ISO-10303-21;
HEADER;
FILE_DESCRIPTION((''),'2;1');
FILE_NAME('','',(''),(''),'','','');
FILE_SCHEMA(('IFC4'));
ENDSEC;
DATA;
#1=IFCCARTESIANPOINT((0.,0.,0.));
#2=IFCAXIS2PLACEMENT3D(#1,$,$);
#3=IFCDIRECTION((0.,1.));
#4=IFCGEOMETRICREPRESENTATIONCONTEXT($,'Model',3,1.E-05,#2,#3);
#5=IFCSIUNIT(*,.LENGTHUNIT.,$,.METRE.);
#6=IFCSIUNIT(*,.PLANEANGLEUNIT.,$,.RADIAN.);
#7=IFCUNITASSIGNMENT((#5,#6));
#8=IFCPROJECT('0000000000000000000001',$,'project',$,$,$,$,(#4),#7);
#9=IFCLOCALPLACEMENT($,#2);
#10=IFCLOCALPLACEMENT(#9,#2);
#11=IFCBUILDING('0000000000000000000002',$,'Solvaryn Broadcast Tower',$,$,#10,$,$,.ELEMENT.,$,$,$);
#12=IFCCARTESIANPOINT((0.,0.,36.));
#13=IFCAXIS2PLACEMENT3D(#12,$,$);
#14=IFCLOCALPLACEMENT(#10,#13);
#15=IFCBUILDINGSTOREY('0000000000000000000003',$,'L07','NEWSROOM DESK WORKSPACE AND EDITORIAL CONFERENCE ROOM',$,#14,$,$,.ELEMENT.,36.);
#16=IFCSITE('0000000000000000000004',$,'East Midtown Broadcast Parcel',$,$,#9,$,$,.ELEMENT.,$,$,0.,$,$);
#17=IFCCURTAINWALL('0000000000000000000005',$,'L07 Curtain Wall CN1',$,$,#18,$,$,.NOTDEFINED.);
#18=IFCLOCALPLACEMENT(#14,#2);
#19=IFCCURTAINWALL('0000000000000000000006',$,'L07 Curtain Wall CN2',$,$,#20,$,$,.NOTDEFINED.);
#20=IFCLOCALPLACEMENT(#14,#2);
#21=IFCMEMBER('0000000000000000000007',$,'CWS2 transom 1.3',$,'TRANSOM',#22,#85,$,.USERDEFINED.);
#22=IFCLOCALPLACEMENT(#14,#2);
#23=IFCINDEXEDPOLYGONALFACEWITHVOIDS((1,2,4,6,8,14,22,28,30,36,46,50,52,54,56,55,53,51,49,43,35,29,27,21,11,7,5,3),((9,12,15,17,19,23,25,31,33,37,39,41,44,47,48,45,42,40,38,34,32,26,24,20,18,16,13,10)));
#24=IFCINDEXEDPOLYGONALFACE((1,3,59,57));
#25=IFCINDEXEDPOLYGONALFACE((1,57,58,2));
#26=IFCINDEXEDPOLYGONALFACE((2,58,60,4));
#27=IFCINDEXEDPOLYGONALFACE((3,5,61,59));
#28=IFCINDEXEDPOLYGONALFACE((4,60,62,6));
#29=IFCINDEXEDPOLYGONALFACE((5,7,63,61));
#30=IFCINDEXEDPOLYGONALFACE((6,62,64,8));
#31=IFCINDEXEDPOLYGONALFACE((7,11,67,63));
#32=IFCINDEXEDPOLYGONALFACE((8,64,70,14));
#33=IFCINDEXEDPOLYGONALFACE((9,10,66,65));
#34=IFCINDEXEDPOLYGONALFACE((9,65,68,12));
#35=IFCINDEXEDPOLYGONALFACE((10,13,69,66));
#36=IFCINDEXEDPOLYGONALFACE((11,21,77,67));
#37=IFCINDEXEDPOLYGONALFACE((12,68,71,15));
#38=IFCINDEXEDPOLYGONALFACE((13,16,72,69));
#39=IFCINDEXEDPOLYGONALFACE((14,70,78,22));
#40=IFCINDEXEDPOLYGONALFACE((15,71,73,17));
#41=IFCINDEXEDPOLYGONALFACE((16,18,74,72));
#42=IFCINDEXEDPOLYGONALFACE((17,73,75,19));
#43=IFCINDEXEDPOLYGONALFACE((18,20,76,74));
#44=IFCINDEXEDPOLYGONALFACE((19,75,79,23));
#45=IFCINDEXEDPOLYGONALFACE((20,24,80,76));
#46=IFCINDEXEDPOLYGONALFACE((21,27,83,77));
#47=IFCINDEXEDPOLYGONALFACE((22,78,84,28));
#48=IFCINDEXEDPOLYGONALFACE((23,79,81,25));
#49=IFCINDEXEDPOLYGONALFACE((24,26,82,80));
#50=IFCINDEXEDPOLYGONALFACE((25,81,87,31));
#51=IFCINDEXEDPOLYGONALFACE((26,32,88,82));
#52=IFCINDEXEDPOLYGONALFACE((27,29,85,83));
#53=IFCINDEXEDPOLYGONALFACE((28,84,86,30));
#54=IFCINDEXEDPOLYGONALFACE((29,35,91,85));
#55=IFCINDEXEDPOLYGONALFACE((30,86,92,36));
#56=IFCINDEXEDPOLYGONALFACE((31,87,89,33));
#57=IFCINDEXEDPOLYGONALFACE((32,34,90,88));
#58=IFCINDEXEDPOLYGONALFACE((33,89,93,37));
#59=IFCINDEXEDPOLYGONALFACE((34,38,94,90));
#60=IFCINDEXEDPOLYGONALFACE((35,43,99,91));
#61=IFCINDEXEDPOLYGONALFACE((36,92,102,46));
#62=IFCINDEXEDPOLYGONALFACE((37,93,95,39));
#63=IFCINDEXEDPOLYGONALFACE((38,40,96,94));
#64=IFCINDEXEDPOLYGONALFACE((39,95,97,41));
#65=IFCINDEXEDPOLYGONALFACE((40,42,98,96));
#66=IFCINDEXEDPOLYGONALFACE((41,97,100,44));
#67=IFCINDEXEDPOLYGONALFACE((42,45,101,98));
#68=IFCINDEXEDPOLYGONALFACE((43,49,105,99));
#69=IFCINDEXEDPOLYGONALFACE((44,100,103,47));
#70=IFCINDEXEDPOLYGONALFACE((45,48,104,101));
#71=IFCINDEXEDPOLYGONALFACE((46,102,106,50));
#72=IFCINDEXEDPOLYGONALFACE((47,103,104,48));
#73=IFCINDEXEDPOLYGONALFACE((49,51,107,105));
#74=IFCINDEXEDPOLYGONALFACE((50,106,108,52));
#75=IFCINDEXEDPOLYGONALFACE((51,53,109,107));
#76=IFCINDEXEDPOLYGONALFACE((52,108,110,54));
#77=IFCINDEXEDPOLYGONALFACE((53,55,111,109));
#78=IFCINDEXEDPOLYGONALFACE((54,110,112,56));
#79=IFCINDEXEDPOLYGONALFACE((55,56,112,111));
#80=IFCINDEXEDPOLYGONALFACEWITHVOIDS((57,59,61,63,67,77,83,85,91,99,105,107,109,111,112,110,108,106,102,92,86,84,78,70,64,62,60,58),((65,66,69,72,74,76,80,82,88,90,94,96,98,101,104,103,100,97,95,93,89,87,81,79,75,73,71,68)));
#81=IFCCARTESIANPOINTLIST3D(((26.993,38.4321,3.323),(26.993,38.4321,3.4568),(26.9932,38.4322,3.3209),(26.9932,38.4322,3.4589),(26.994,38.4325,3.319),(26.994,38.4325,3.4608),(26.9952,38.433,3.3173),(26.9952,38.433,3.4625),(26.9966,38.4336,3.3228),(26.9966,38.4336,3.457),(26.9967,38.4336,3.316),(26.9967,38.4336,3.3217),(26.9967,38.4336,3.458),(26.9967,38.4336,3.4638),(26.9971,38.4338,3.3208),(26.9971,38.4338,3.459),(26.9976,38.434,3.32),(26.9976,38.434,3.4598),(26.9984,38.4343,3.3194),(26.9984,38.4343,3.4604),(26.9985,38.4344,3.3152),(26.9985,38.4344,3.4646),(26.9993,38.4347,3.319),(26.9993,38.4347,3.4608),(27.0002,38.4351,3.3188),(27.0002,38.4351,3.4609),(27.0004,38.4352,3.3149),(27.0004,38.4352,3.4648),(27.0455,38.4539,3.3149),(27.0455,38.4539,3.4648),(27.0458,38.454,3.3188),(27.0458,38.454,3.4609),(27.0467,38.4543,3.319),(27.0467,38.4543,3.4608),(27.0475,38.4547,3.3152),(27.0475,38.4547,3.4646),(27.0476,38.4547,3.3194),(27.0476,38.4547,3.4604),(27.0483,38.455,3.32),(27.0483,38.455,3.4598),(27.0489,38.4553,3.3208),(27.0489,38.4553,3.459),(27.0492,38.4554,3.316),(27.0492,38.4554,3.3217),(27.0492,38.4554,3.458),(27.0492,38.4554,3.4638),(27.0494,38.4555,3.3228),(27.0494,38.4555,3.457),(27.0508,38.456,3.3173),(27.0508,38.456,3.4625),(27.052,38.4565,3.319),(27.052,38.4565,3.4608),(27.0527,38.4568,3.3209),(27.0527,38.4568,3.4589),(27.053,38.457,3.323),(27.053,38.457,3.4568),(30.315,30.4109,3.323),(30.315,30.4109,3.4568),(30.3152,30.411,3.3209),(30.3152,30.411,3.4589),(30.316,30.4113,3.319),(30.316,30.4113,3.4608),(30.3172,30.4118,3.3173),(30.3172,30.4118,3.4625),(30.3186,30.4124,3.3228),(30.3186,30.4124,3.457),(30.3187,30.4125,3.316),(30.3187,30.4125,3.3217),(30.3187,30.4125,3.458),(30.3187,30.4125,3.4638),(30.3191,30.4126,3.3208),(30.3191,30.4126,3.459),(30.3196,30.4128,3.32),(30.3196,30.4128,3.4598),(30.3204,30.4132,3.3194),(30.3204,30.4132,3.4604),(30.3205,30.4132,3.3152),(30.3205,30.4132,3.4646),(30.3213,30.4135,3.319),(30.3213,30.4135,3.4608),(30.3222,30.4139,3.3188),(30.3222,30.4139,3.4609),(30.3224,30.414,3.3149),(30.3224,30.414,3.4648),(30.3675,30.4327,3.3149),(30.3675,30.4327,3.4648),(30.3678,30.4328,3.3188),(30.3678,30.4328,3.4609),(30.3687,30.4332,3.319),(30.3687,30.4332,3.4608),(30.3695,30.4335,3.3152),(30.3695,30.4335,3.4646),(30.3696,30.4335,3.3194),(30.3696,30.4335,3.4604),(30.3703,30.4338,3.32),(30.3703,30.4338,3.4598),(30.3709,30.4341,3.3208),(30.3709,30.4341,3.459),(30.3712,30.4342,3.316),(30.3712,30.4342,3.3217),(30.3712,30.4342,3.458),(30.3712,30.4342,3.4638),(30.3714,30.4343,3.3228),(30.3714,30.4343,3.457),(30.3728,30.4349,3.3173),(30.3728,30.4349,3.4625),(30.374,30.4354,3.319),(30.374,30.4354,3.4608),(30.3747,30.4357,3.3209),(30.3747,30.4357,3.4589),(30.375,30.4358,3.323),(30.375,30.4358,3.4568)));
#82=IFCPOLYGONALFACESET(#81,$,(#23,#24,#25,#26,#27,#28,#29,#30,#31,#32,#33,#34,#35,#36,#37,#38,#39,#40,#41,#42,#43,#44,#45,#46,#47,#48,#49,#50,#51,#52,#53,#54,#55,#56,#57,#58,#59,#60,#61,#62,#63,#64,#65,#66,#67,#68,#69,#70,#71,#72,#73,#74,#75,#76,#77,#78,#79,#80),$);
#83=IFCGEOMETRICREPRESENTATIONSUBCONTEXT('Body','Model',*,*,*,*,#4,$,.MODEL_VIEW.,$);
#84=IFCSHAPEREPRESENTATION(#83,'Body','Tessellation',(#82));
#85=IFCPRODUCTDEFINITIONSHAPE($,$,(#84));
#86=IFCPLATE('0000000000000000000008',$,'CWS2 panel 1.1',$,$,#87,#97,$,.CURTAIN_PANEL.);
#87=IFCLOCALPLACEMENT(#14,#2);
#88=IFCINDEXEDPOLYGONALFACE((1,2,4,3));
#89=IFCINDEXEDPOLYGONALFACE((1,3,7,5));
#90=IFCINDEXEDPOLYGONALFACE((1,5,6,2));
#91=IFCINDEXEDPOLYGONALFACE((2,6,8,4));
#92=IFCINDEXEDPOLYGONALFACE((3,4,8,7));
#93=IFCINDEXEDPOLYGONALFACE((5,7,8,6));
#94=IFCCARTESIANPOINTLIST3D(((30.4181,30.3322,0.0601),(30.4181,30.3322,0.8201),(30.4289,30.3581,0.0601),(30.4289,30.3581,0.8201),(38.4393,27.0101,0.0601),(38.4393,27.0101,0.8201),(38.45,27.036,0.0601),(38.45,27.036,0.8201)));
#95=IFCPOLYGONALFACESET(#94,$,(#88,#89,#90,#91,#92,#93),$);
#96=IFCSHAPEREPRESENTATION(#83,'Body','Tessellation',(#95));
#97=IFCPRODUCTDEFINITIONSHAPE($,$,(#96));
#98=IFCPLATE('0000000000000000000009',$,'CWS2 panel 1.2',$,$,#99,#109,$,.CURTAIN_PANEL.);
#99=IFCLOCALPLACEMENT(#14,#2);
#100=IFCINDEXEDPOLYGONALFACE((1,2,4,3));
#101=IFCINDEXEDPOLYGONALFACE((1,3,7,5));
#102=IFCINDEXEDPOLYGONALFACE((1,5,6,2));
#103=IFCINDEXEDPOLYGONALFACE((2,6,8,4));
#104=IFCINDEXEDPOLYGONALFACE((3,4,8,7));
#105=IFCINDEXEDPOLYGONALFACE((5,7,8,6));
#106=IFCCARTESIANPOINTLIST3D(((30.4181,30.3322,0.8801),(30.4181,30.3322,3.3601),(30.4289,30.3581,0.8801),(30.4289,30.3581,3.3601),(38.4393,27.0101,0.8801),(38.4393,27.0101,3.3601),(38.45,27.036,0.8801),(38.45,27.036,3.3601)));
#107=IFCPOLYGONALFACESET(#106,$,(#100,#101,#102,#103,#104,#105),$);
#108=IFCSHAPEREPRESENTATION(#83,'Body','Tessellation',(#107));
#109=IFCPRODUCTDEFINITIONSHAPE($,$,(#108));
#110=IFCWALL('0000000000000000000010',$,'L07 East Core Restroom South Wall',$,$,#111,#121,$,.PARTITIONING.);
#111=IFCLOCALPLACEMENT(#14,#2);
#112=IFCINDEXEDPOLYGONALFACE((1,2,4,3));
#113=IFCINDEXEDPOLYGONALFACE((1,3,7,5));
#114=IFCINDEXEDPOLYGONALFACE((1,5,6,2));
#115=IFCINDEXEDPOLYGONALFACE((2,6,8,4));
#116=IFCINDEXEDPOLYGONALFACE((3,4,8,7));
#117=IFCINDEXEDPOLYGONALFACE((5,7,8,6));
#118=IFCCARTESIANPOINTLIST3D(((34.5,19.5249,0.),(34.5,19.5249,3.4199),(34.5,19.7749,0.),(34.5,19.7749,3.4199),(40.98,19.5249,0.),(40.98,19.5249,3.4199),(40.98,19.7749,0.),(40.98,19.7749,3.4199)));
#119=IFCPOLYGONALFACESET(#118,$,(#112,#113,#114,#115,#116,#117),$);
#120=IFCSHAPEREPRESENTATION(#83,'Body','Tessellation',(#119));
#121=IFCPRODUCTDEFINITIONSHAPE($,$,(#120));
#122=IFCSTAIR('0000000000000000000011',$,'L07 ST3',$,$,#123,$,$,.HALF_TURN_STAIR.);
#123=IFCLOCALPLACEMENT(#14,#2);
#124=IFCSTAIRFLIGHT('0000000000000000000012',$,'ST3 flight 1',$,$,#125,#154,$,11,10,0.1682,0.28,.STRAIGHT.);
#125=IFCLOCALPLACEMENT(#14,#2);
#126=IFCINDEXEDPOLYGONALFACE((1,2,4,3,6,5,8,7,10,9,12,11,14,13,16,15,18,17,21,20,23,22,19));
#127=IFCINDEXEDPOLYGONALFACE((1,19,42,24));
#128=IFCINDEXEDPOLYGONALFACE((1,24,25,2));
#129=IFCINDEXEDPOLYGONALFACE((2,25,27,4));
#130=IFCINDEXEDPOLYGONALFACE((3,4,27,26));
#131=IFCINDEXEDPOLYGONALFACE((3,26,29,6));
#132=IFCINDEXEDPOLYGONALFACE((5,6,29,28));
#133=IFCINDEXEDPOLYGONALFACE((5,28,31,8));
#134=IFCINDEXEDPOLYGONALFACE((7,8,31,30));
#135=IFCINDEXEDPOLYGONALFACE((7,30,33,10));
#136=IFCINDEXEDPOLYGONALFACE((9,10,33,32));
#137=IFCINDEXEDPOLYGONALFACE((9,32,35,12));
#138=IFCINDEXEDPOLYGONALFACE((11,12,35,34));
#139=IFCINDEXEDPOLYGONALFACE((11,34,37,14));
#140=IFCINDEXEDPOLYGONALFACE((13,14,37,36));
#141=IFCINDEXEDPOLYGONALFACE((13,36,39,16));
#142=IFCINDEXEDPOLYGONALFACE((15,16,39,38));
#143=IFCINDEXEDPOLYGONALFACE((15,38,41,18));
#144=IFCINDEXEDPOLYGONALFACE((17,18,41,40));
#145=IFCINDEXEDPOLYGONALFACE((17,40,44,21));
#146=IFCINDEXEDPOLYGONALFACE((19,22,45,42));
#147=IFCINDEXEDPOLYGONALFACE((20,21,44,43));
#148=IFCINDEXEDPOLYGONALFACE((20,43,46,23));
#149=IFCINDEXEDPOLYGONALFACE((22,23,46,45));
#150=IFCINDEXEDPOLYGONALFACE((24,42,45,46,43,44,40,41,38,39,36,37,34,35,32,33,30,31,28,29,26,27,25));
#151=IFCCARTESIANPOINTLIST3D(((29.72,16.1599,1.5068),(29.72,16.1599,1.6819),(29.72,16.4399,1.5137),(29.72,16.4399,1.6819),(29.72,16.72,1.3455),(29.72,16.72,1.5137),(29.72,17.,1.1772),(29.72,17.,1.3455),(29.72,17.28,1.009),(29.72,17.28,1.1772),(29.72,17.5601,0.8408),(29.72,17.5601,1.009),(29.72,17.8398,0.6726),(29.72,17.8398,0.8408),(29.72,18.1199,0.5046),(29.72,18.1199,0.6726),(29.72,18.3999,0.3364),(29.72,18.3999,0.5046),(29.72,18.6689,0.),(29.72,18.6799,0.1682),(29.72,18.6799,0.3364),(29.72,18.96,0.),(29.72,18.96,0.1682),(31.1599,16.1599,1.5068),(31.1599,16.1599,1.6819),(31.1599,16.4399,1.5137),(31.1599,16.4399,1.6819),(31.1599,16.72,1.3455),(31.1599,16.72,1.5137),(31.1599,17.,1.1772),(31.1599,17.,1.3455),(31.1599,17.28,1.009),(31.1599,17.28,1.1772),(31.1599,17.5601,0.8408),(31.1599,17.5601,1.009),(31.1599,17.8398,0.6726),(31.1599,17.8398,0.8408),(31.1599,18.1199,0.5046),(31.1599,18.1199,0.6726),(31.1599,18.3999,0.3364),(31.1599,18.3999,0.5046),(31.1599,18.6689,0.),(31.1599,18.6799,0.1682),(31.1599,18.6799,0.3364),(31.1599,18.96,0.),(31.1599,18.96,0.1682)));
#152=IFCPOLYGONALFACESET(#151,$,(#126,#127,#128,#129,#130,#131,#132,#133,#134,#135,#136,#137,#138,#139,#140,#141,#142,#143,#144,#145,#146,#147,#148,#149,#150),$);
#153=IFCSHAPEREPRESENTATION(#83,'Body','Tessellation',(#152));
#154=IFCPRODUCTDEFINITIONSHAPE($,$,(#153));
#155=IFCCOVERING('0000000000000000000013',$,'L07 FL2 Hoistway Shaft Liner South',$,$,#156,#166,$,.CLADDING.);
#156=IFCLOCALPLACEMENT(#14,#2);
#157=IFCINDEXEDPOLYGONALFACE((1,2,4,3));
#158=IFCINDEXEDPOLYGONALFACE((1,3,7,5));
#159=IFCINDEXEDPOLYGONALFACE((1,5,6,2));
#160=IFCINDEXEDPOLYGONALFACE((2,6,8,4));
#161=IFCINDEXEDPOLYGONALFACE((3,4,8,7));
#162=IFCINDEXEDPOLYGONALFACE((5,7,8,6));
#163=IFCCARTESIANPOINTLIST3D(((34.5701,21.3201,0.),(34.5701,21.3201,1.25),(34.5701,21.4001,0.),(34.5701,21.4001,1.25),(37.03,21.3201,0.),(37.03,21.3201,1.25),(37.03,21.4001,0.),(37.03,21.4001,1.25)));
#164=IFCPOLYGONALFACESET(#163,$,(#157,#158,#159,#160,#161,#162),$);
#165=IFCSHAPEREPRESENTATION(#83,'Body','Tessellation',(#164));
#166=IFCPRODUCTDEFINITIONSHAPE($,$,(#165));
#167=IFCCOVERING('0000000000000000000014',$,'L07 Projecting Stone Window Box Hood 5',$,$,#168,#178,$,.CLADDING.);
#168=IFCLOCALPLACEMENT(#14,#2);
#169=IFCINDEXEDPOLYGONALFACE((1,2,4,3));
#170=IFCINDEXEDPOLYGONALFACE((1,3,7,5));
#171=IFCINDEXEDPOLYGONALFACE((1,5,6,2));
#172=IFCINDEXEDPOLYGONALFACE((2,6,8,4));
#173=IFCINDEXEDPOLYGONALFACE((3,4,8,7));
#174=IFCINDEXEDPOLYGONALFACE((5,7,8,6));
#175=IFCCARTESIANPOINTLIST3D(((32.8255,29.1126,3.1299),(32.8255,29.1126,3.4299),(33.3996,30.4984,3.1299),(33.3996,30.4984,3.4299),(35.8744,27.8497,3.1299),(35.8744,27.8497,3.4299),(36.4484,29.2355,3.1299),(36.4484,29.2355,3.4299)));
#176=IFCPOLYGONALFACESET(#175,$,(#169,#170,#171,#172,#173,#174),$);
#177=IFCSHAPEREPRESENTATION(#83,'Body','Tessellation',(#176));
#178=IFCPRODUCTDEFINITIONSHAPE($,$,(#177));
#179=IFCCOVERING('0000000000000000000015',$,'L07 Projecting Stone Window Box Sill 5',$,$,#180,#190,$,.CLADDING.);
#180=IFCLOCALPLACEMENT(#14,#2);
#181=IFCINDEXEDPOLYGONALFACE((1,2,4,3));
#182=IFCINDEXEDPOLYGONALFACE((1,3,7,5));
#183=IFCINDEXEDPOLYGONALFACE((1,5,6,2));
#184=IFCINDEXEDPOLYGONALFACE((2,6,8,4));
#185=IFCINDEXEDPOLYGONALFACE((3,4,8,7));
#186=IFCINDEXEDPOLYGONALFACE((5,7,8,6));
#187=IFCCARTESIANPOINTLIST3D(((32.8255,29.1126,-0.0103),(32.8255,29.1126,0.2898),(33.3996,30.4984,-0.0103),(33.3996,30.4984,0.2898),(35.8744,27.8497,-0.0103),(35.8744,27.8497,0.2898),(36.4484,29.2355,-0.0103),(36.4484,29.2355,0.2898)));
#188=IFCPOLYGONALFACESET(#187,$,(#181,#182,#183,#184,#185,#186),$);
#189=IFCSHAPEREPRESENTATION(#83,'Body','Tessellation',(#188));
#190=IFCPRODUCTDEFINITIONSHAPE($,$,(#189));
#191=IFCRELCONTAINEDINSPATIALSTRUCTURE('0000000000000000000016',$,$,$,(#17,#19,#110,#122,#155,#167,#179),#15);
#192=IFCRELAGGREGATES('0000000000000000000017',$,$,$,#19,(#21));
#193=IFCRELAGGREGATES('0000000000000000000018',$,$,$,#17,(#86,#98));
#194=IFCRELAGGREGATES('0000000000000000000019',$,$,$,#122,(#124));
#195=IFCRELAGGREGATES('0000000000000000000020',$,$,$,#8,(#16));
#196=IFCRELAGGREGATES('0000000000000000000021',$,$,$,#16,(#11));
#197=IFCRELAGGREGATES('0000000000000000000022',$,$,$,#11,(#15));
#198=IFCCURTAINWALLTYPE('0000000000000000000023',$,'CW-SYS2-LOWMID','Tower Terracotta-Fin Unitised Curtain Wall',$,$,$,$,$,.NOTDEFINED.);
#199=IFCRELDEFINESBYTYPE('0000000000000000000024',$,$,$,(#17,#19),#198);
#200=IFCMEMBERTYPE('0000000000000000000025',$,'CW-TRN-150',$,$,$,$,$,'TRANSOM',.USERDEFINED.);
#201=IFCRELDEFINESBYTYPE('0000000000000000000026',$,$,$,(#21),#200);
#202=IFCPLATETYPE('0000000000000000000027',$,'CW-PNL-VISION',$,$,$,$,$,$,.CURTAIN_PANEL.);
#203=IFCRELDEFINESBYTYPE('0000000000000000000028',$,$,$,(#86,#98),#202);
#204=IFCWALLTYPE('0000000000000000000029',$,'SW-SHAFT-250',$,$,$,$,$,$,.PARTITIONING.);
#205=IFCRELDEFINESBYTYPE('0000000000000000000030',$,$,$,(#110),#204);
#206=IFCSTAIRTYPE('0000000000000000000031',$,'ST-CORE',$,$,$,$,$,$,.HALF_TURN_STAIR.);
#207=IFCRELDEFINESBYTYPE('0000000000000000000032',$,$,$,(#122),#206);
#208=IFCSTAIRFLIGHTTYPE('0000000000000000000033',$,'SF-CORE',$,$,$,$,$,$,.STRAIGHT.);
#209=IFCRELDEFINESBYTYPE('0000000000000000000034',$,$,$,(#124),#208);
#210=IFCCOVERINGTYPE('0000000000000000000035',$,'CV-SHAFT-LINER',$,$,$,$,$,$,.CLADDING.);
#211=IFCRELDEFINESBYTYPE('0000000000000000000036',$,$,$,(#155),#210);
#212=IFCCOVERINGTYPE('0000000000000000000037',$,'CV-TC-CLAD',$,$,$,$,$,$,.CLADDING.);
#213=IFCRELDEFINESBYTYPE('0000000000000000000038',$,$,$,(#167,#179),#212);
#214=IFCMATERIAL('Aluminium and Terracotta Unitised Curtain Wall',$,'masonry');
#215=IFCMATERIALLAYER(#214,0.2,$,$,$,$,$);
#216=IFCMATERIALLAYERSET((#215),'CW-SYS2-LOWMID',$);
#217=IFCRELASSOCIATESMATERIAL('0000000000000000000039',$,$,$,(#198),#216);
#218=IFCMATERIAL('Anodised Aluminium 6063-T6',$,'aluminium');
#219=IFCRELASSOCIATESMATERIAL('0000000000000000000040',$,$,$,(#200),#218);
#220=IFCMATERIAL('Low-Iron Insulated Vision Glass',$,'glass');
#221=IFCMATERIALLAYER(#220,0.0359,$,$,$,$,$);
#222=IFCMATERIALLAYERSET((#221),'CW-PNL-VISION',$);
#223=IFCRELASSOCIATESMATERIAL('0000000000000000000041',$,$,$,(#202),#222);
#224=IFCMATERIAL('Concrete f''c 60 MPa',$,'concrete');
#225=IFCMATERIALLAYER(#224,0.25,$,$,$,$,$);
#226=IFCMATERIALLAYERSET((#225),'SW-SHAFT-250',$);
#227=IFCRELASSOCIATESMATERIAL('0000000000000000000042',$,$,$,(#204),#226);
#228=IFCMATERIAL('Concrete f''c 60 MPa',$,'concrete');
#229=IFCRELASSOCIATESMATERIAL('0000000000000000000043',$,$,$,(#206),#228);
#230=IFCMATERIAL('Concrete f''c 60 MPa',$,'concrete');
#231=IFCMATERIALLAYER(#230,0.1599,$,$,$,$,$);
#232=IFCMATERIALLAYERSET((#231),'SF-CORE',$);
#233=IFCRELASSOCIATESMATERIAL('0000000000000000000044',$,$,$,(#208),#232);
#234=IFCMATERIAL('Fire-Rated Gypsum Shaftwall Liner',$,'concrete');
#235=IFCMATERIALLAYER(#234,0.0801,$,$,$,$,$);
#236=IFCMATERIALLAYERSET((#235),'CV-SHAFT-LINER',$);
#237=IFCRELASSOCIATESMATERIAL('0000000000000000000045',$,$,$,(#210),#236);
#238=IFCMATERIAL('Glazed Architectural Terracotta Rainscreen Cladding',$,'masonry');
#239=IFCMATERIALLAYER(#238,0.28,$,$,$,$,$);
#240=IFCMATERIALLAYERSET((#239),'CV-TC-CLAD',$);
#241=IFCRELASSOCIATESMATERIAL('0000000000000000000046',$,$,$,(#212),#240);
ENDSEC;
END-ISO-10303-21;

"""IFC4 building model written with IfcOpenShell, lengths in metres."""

from ifc_helpers import new_model, si_unit, direction, frame, frame_2d, origin, origin_2d, place, context, subcontext, project, spatial, polyline, rectangle, hollow_rectangle, outline, extrude, material, layer, layer_set, material_profile, profile_set, type_object, element, aggregate, save


model = new_model("IFC4")

# Units and contexts
model_context = context("Model", 3, precision=1e-05, world=origin(), true_north=direction((0.0, 1.0)))
body_context = subcontext(model_context, "Body", "Model", "MODEL_VIEW")
ifc_project = project(units=[si_unit("LENGTHUNIT", "METRE"), si_unit("PLANEANGLEUNIT", "RADIAN")], contexts=[model_context])

# Site, building, storey
site_placement = place(None, origin())
site = spatial("IfcSite", under=ifc_project, at=site_placement, Name="East Midtown Broadcast Parcel", CompositionType="ELEMENT", RefElevation=0.0)
building_placement = place(site_placement, origin())
building = spatial("IfcBuilding", under=site, at=building_placement, Name="Solvaryn Broadcast Tower", CompositionType="ELEMENT")
storey_placement = place(building_placement, frame((0.0, 0.0, 36.0)))
storey = spatial("IfcBuildingStorey", under=building, at=storey_placement, Name="L07", Description="NEWSROOM DESK WORKSPACE AND EDITORIAL CONFERENCE ROOM", CompositionType="ELEMENT", Elevation=36.0)

# Curtain wall
ifc_material_1 = material(Name="Aluminium and Terracotta Unitised Curtain Wall", Category="masonry")
ifc_layer_1 = layer(ifc_material_1, 0.2)
ifc_layer_set_1 = layer_set([ifc_layer_1], Name="CW-SYS2-LOWMID")
curtain_wall_type = type_object("IfcCurtainWallType", Name="CW-SYS2-LOWMID", Description="Tower Terracotta-Fin Unitised Curtain Wall", PredefinedType="NOTDEFINED", material=ifc_layer_set_1)
curtain_wall_1_placement = place(storey_placement, origin())
curtain_wall_1 = element("IfcCurtainWall", 1, at=curtain_wall_1_placement, inside=storey, type_object=curtain_wall_type, Name="L07 Curtain Wall CN1", PredefinedType="NOTDEFINED")

# Curtain wall, member
curtain_wall_2_placement = place(storey_placement, origin())
curtain_wall_2 = element("IfcCurtainWall", 2, at=curtain_wall_2_placement, inside=storey, type_object=curtain_wall_type, Name="L07 Curtain Wall CN2", PredefinedType="NOTDEFINED")
ifc_material_2 = material(Name="Anodised Aluminium 6063-T6", Category="aluminium")
ifc_material_profile_1 = material_profile(ifc_material_2, hollow_rectangle(XDim=0.0649, YDim=0.1499, WallThickness=0.0039, InnerFilletRadius=0.0039, OuterFilletRadius=0.0081, at=origin_2d()))
ifc_profile_set_1 = profile_set([ifc_material_profile_1], Name="Anodised Aluminium 6063-T6")
member_type_1 = type_object("IfcMemberType", Name="CW-TRN-150", ElementType="TRANSOM", PredefinedType="USERDEFINED", material=ifc_profile_set_1)
member_1_placement = place(storey_placement, frame((30.345, 30.4233, 3.3899), z_axis=(-0.382636, 0.923899, 0.0), x_axis=(-0.923899, -0.382636, 0.0)))
member_1 = element("IfcMember", 3, at=member_1_placement, type_object=member_type_1, Name="CWS2 transom 1.3", ObjectType="TRANSOM", PredefinedType="USERDEFINED", context=body_context, shape_type="SweptSolid", body=[
    extrude(hollow_rectangle(XDim=0.0649, YDim=0.1499, WallThickness=0.0039, InnerFilletRadius=0.0039, OuterFilletRadius=0.0081, at=origin_2d()), origin(), (0.0, 0.0, 1.0), 8.6819),
])
aggregate(curtain_wall_2, [member_1])

# Plates
ifc_material_3 = material(Name="Low-Iron Insulated Vision Glass", Category="glass")
ifc_layer_2 = layer(ifc_material_3, 0.0359)
ifc_layer_set_2 = layer_set([ifc_layer_2], Name="CW-PNL-VISION")
plate_type = type_object("IfcPlateType", Name="CW-PNL-VISION", PredefinedType="CURTAIN_PANEL", material=ifc_layer_set_2)
plate_1_placement = place(storey_placement, frame((34.4341, 28.6841, 0.0601), z_axis=(0.0, 0.0, 1.0), x_axis=(-0.923895, 0.382646, 0.0)))
plate_1 = element("IfcPlate", 4, at=plate_1_placement, type_object=plate_type, Name="CWS2 panel 1.1", PredefinedType="CURTAIN_PANEL", context=body_context, shape_type="SweptSolid", body=[
    extrude(rectangle(XDim=8.6819, YDim=0.0281, at=origin_2d()), origin(), (0.0, 0.0, 1.0), 0.76),
])
plate_2_placement = place(storey_placement, frame((34.4341, 28.6841, 0.8801), z_axis=(0.0, 0.0, 1.0), x_axis=(-0.923895, 0.382646, 0.0)))
plate_2 = element("IfcPlate", 5, at=plate_2_placement, type_object=plate_type, Name="CWS2 panel 1.2", PredefinedType="CURTAIN_PANEL", context=body_context, shape_type="SweptSolid", body=[
    extrude(rectangle(XDim=8.6819, YDim=0.0281, at=origin_2d()), origin(), (0.0, 0.0, 1.0), 2.48),
])
aggregate(curtain_wall_1, [plate_1, plate_2])

# Shared definitions
ifc_material_4 = material(Name="Concrete f'c 60 MPa", Category="concrete")
ifc_layer_3 = layer(ifc_material_4, 0.25)
ifc_layer_set_3 = layer_set([ifc_layer_3], Name="SW-SHAFT-250")
wall_type_1 = type_object("IfcWallType", Name="SW-SHAFT-250", PredefinedType="PARTITIONING", material=ifc_layer_set_3)

# Wall
wall_1_placement = place(storey_placement, frame((34.5, 19.6499, 0.0), z_axis=(0.0, 0.0, 1.0), x_axis=(1.0, 0.0, 0.0)))
element("IfcWall", 6, at=wall_1_placement, inside=storey, type_object=wall_type_1, Name="L07 East Core Restroom South Wall", PredefinedType="PARTITIONING", context=body_context, shape_type="SweptSolid", body=[
    extrude(rectangle(XDim=6.48, YDim=0.25, at=frame_2d((3.24, 0.0))), origin(), (0.0, 0.0, 1.0), 3.4199),
])

# Stair, stair flight
ifc_material_5 = material(Name="Concrete f'c 60 MPa", Category="concrete")
stair_type = type_object("IfcStairType", Name="ST-CORE", PredefinedType="HALF_TURN_STAIR", material=ifc_material_5)
stair_placement = place(storey_placement, origin())
stair = element("IfcStair", 7, at=stair_placement, inside=storey, type_object=stair_type, Name="L07 ST3", PredefinedType="HALF_TURN_STAIR")
ifc_material_6 = material(Name="Concrete f'c 60 MPa", Category="concrete")
ifc_layer_4 = layer(ifc_material_6, 0.1599)
ifc_layer_set_4 = layer_set([ifc_layer_4], Name="SF-CORE")
stair_flight_type = type_object("IfcStairFlightType", Name="SF-CORE", PredefinedType="STRAIGHT", material=ifc_layer_set_4)
stair_flight_placement = place(storey_placement, frame((30.4399, 18.96, 0.0), z_axis=(0.0, 0.0, 1.0), x_axis=(0.0, -1.0, 0.0)))
stair_flight = element("IfcStairFlight", 8, at=stair_flight_placement, type_object=stair_flight_type, Name="ST3 flight 1", NumberOfRisers=11, NumberOfTreads=10, PredefinedType="STRAIGHT", RiserHeight=0.1682, TreadLength=0.28, context=body_context, shape_type="SweptSolid", body=[
    extrude(outline(polyline([(0.0, 0.0), (0.0, 0.1682), (0.28, 0.1682), (0.28, 0.3364), (0.5601, 0.3364), (0.5601, 0.5046), (0.8401, 0.5046), (0.8401, 0.6726), (1.1201, 0.6726), (1.1201, 0.8408), (1.3999, 0.8408), (1.3999, 1.009), (1.6799, 1.009), (1.6799, 1.1772), (1.96, 1.1772), (1.96, 1.3455), (2.24, 1.3455), (2.24, 1.5137), (2.52, 1.5137), (2.52, 1.6819), (2.8, 1.6819), (2.8, 1.8501), (2.8, 1.5068), (0.291, 0.0), (0.0, 0.0)])), frame((0.0, 0.72, 0.0), z_axis=(0.0, -1.0, 0.0), x_axis=(1.0, 0.0, 0.0)), (0.0, 0.0, 1.0), 1.4399),
])
aggregate(stair, [stair_flight])

# Coverings
ifc_material_7 = material(Name="Fire-Rated Gypsum Shaftwall Liner", Category="concrete")
ifc_layer_5 = layer(ifc_material_7, 0.0801)
ifc_layer_set_5 = layer_set([ifc_layer_5], Name="CV-SHAFT-LINER")
covering_type_1 = type_object("IfcCoveringType", Name="CV-SHAFT-LINER", PredefinedType="CLADDING", material=ifc_layer_set_5)
covering_1_placement = place(storey_placement, frame((35.8, 21.3601, 0.0), z_axis=(0.0, 0.0, 1.0), x_axis=(1.0, 0.0, 0.0)))
element("IfcCovering", 9, at=covering_1_placement, inside=storey, type_object=covering_type_1, Name="L07 FL2 Hoistway Shaft Liner South", PredefinedType="CLADDING", context=body_context, shape_type="SweptSolid", body=[
    extrude(rectangle(XDim=2.46, YDim=0.0801, at=origin_2d()), origin(), (0.0, 0.0, 1.0), 1.25),
])
ifc_material_8 = material(Name="Glazed Architectural Terracotta Rainscreen Cladding", Category="masonry")
ifc_layer_6 = layer(ifc_material_8, 0.28)
ifc_layer_set_6 = layer_set([ifc_layer_6], Name="CV-TC-CLAD")
covering_type_2 = type_object("IfcCoveringType", Name="CV-TC-CLAD", PredefinedType="CLADDING", material=ifc_layer_set_6)
for number, where, z_axis, x_axis, name in (
    (10, (34.637, 29.1741, 3.1299), (0.0, 0.0, 1.0), (-0.92388, 0.382683, 0.0), "L07 Projecting Stone Window Box Hood 5"),
    (11, (34.637, 29.1741, -0.0103), (0.0, 0.0, 1.0), (-0.92388, 0.382683, 0.0), "L07 Projecting Stone Window Box Sill 5"),
):
    element("IfcCovering", number, at=place(storey_placement, frame(where, z_axis=z_axis, x_axis=x_axis)), inside=storey, type_object=covering_type_2, Name=name, PredefinedType="CLADDING", context=body_context, shape_type="SweptSolid", body=[
        extrude(rectangle(XDim=3.3, YDim=1.5, at=origin_2d()), origin(), (0.0, 0.0, 1.0), 0.3),
    ])

save(model, "model.ifc")
